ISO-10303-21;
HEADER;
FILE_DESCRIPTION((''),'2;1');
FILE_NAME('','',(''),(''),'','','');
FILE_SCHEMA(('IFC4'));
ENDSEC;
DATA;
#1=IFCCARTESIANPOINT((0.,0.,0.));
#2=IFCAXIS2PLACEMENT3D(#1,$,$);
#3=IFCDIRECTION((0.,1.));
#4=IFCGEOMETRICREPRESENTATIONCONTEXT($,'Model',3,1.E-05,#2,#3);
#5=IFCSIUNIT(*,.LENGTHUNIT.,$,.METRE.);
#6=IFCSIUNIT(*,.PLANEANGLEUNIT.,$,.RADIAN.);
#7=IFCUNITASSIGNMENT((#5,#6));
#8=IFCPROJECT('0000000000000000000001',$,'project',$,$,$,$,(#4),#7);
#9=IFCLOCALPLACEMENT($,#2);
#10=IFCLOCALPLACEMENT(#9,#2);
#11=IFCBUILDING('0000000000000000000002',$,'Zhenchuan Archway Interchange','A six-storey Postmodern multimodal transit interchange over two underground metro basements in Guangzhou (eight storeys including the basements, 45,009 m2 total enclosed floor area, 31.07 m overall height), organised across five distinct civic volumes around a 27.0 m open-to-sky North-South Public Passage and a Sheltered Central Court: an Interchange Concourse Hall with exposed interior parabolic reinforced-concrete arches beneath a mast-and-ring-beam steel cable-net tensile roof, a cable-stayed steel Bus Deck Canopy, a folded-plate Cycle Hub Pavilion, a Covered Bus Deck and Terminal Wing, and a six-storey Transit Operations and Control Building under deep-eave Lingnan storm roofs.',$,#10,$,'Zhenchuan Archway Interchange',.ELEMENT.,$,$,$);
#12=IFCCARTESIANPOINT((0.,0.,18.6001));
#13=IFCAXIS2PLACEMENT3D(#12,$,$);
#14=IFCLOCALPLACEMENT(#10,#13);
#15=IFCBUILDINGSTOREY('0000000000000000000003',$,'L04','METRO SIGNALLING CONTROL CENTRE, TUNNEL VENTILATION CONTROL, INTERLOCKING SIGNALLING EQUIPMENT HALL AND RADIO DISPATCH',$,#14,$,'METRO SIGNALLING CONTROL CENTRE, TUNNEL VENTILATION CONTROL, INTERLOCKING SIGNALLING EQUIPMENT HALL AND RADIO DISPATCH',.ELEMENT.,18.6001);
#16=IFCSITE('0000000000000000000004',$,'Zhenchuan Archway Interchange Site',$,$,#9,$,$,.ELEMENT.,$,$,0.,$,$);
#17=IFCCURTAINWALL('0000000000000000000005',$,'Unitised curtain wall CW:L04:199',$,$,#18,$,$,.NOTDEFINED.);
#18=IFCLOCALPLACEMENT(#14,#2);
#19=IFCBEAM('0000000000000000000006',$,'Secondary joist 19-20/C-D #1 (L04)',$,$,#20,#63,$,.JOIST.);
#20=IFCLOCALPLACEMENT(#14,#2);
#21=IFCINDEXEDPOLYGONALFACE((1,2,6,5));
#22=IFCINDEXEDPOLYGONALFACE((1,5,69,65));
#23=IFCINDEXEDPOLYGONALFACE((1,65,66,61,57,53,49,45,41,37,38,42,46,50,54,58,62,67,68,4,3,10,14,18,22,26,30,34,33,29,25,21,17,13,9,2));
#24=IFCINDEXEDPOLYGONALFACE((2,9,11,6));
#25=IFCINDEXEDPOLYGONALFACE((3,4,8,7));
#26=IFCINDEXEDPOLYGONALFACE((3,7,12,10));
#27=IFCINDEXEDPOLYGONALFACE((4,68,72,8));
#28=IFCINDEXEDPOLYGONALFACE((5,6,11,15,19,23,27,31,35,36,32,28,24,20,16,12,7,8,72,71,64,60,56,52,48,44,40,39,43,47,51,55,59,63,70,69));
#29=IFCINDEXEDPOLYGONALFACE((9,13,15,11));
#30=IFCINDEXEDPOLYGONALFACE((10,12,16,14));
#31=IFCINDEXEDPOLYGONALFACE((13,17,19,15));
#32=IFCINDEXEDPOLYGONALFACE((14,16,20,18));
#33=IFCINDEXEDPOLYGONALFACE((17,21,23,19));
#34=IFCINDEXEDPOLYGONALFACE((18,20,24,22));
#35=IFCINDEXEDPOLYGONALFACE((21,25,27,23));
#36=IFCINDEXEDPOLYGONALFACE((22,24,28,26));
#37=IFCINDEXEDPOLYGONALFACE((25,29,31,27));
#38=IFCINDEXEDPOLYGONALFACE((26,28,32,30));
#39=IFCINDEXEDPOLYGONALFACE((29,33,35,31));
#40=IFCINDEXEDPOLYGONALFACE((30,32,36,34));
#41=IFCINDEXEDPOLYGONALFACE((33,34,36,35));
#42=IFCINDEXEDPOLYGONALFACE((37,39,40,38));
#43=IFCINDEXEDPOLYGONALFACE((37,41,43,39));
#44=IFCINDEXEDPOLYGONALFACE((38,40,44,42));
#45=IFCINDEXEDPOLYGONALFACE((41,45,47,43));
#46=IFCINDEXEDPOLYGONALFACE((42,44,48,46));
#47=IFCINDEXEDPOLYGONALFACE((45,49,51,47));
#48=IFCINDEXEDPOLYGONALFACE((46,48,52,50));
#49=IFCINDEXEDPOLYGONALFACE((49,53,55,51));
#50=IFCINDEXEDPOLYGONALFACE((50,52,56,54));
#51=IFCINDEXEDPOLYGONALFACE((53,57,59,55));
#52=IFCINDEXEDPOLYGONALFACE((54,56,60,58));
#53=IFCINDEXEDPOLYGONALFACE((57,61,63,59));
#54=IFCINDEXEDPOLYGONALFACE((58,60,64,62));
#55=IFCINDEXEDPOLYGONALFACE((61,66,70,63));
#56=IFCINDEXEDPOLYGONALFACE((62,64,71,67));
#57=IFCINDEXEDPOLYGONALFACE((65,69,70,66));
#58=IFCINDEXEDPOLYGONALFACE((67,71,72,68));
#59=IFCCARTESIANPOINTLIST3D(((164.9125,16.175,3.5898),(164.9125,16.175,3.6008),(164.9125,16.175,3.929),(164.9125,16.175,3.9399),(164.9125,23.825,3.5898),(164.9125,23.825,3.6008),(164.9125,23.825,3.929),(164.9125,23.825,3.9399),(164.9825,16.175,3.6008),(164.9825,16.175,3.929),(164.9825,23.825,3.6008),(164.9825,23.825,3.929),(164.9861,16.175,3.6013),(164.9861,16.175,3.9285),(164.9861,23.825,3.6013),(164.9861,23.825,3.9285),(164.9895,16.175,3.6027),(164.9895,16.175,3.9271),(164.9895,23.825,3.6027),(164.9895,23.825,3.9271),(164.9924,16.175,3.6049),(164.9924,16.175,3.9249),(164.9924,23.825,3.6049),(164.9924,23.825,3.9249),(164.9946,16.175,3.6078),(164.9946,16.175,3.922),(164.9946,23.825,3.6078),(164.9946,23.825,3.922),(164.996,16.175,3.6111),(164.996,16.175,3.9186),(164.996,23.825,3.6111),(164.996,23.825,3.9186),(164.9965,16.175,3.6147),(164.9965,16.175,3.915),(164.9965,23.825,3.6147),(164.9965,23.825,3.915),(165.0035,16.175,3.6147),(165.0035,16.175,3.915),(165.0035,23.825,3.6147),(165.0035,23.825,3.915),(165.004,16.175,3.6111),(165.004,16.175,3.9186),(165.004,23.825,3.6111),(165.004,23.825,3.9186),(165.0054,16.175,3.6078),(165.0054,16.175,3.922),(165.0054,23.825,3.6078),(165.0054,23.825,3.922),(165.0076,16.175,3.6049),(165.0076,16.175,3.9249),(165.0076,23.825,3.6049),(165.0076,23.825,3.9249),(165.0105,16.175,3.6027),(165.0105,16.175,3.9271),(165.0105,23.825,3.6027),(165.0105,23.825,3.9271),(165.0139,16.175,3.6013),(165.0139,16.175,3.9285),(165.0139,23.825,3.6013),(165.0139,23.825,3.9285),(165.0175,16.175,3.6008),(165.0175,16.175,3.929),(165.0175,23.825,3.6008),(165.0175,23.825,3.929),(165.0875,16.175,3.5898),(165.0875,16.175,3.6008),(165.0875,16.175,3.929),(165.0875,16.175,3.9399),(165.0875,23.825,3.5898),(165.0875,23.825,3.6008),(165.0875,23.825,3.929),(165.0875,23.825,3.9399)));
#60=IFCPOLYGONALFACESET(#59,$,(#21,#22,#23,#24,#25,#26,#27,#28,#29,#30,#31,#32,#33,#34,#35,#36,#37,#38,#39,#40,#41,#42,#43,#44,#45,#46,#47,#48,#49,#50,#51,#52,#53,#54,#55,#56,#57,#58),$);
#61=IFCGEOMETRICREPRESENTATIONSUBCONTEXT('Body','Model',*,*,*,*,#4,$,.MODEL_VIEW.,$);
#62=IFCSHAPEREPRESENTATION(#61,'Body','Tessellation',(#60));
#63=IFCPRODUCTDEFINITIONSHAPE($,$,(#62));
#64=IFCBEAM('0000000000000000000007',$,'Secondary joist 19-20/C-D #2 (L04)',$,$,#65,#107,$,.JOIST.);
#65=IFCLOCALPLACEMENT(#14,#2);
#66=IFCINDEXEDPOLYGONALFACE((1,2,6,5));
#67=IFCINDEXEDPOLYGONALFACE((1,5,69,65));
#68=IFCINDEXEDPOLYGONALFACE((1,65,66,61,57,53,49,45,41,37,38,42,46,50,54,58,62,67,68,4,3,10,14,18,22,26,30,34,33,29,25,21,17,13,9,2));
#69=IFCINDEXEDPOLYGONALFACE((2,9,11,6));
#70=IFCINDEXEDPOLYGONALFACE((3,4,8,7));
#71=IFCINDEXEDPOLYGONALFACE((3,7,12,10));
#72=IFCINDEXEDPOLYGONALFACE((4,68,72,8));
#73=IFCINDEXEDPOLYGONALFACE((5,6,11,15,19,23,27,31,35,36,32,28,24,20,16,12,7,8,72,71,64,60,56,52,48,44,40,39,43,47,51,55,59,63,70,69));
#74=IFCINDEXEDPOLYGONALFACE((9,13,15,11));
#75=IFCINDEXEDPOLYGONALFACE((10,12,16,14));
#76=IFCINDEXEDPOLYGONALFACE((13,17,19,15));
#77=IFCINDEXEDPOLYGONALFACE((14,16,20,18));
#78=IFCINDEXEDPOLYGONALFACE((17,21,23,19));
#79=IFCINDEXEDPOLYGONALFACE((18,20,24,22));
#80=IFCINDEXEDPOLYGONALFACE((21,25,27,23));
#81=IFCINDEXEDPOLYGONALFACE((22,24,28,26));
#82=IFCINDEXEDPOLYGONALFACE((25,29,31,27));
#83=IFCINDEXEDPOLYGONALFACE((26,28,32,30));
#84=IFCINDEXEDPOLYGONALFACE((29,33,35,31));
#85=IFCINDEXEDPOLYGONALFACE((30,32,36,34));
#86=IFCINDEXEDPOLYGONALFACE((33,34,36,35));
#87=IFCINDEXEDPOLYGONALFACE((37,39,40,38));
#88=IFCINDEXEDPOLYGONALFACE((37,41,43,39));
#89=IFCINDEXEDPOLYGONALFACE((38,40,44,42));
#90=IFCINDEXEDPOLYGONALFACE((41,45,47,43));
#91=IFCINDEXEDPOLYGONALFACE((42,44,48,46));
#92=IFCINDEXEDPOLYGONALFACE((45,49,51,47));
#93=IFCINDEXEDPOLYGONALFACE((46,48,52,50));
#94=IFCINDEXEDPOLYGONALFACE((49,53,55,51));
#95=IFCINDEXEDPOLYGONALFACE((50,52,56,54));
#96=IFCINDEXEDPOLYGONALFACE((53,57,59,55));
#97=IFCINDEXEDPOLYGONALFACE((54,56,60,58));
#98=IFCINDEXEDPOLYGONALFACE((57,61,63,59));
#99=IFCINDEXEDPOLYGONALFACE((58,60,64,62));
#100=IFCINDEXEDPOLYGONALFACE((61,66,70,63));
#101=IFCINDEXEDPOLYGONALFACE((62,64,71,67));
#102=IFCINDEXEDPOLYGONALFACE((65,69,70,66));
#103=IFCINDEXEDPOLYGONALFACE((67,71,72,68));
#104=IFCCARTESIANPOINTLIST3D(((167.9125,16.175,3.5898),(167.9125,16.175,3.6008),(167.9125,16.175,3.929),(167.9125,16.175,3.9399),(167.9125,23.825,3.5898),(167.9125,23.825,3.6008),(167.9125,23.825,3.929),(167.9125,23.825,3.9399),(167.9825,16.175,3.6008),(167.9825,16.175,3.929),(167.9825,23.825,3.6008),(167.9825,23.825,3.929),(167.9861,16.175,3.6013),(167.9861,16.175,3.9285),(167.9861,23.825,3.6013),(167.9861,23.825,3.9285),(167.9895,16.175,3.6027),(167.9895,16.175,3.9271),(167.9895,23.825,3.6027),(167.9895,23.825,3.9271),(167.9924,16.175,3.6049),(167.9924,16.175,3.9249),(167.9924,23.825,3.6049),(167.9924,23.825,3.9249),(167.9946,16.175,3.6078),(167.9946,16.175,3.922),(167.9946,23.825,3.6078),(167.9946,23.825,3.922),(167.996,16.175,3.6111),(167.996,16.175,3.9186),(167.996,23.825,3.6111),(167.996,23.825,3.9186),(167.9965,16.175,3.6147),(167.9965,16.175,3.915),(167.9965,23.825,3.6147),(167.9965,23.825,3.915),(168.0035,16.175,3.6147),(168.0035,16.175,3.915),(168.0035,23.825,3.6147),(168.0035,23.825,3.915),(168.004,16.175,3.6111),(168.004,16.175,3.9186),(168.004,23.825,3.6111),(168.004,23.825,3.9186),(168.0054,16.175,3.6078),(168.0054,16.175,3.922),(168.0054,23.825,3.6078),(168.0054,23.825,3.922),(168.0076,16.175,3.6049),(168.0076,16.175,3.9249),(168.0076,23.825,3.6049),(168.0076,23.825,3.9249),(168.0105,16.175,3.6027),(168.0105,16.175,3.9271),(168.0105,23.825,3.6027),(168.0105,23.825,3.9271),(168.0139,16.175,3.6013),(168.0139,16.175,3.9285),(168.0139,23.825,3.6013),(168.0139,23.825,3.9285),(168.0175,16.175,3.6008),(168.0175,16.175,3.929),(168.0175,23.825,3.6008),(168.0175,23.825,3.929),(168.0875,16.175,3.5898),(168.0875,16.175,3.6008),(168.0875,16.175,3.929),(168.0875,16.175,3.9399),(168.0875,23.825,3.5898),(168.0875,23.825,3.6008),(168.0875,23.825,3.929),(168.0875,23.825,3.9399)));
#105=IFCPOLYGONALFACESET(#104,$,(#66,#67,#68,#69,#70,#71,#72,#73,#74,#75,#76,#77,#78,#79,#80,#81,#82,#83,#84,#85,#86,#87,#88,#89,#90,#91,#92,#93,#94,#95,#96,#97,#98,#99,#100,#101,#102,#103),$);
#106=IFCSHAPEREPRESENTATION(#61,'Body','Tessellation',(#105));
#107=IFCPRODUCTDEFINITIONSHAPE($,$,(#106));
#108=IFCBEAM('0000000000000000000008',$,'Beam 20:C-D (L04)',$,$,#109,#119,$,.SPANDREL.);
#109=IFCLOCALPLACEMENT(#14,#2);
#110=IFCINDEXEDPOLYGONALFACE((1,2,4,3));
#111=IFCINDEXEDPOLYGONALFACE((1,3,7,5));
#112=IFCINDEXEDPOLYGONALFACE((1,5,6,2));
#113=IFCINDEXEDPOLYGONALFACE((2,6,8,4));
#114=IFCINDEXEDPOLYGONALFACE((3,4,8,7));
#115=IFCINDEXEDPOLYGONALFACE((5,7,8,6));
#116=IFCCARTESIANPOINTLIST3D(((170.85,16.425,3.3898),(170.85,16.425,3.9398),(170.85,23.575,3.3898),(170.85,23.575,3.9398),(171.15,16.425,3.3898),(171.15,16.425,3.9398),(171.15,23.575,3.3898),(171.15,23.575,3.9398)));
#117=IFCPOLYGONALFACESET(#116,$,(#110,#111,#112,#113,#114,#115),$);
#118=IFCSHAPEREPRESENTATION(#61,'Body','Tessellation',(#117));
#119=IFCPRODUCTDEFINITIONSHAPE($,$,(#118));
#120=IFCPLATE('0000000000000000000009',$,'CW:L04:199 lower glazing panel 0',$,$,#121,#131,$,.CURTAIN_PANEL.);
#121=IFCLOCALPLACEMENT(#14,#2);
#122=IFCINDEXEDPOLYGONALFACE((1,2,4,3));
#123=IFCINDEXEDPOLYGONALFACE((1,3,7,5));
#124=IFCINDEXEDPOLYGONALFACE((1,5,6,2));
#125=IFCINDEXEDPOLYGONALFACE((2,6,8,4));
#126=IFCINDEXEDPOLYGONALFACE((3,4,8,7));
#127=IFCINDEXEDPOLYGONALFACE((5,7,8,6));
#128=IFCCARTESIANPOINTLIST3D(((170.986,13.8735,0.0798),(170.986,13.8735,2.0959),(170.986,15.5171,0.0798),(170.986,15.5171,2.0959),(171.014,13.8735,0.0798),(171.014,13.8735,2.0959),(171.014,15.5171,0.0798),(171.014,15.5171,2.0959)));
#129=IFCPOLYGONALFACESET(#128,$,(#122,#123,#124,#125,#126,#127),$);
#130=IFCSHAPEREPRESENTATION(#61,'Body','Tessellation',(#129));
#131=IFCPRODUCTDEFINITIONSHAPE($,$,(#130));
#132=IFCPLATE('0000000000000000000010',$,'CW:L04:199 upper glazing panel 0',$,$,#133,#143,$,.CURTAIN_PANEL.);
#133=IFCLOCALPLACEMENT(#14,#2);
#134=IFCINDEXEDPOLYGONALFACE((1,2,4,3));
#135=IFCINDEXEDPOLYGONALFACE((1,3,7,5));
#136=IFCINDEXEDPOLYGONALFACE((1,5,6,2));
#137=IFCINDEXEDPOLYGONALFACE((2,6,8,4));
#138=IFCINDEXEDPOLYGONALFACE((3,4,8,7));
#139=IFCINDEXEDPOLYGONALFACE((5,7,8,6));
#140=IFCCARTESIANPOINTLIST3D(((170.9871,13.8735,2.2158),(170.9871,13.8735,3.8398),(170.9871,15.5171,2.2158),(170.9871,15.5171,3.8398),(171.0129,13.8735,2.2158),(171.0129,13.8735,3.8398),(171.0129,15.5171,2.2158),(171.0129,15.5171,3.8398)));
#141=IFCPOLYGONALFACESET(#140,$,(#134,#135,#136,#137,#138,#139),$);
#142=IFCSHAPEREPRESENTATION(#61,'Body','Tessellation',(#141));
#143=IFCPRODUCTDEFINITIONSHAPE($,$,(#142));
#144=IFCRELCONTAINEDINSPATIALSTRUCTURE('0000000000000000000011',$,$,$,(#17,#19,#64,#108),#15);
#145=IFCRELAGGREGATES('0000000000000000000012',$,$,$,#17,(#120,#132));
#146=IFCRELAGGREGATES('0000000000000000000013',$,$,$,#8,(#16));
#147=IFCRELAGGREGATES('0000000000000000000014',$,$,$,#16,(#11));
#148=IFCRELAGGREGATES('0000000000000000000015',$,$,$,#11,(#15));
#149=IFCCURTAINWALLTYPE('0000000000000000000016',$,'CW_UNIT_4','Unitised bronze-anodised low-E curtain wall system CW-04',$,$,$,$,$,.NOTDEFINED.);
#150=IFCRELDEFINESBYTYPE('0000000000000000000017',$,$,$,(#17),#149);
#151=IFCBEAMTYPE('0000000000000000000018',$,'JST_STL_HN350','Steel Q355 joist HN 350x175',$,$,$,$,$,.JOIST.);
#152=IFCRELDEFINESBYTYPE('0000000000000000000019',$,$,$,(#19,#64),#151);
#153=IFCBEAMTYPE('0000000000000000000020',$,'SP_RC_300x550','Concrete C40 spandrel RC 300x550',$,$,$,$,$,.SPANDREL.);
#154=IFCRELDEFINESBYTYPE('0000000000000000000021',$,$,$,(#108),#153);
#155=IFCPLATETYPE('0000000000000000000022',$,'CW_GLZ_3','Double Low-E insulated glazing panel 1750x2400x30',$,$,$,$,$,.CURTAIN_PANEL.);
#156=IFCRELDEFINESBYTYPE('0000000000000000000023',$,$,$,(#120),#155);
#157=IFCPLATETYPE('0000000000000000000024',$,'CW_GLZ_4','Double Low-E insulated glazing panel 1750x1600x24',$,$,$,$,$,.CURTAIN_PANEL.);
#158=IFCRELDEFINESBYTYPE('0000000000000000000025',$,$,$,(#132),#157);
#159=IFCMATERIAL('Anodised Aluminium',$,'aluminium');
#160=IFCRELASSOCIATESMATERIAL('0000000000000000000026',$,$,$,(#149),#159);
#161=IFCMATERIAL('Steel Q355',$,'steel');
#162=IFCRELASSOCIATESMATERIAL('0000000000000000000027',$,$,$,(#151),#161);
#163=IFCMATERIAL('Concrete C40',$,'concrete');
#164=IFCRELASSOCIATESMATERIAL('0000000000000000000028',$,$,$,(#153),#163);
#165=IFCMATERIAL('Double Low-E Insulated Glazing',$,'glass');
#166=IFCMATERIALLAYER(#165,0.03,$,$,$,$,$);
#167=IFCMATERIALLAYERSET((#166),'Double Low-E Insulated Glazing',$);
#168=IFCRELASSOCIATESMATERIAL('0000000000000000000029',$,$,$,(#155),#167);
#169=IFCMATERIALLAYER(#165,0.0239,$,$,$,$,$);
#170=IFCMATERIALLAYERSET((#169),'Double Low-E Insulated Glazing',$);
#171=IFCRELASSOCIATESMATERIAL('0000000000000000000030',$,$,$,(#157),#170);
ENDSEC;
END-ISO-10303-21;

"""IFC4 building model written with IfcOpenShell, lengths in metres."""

from ifc_helpers import new_model, si_unit, direction, frame, origin, origin_2d, place, context, subcontext, project, spatial, rectangle, i_section, extrude, material, layer, layer_set, material_profile, profile_set, type_object, element, aggregate, save


model = new_model("IFC4")

# Units and contexts
model_context = context("Model", 3, precision=1e-05, world=origin(), true_north=direction((0.0, 1.0)))
body_context = subcontext(model_context, "Body", "Model", "MODEL_VIEW")
ifc_project = project(units=[si_unit("LENGTHUNIT", "METRE"), si_unit("PLANEANGLEUNIT", "RADIAN")], contexts=[model_context])

# Site, building, storey
site_placement = place(None, origin())
site = spatial("IfcSite", under=ifc_project, at=site_placement, Name="Zhenchuan Archway Interchange Site", CompositionType="ELEMENT", RefElevation=0.0)
building_placement = place(site_placement, origin())
building = spatial("IfcBuilding", under=site, at=building_placement, Name="Zhenchuan Archway Interchange", Description="A six-storey Postmodern multimodal transit interchange over two underground metro basements in Guangzhou (eight storeys including the basements, 45,009 m2 total enclosed floor area, 31.07 m overall height), organised across five distinct civic volumes around a 27.0 m open-to-sky North-South Public Passage and a Sheltered Central Court: an Interchange Concourse Hall with exposed interior parabolic reinforced-concrete arches beneath a mast-and-ring-beam steel cable-net tensile roof, a cable-stayed steel Bus Deck Canopy, a folded-plate Cycle Hub Pavilion, a Covered Bus Deck and Terminal Wing, and a six-storey Transit Operations and Control Building under deep-eave Lingnan storm roofs.", LongName="Zhenchuan Archway Interchange", CompositionType="ELEMENT")
storey_placement = place(building_placement, frame((0.0, 0.0, 18.6001)))
storey = spatial("IfcBuildingStorey", under=building, at=storey_placement, Name="L04", Description="METRO SIGNALLING CONTROL CENTRE, TUNNEL VENTILATION CONTROL, INTERLOCKING SIGNALLING EQUIPMENT HALL AND RADIO DISPATCH", LongName="METRO SIGNALLING CONTROL CENTRE, TUNNEL VENTILATION CONTROL, INTERLOCKING SIGNALLING EQUIPMENT HALL AND RADIO DISPATCH", CompositionType="ELEMENT", Elevation=18.6001)

# Shared definitions
ifc_material_1 = material(Name="Concrete C40", Category="concrete")

# Curtain wall
ifc_material_2 = material(Name="Anodised Aluminium", Category="aluminium")
curtain_wall_type = type_object("IfcCurtainWallType", Name="CW_UNIT_4", Description="Unitised bronze-anodised low-E curtain wall system CW-04", PredefinedType="NOTDEFINED", material=ifc_material_2)
curtain_wall_placement = place(storey_placement, origin())
curtain_wall = element("IfcCurtainWall", 1, at=curtain_wall_placement, inside=storey, type_object=curtain_wall_type, Name="Unitised curtain wall CW:L04:199", PredefinedType="NOTDEFINED")

# Beams
ifc_material_3 = material(Name="Steel Q355", Category="steel")
ifc_material_profile_1 = material_profile(ifc_material_3, i_section(OverallWidth=0.175, OverallDepth=0.3501, WebThickness=0.0071, FlangeThickness=0.011, FilletRadius=0.0139, at=origin_2d()), Name="HN 350x175")
ifc_profile_set_1 = profile_set([ifc_material_profile_1], Name="Steel Q355")
beam_type_1 = type_object("IfcBeamType", Name="JST_STL_HN350", Description="Steel Q355 joist HN 350x175", PredefinedType="JOIST", material=ifc_profile_set_1)
for number, where, z_axis, x_axis, name in (
    (2, (165.0, 16.175, 3.7649), (0.0, 1.0, 0.0), (-1.0, 0.0, 0.0), "Secondary joist 19-20/C-D #1 (L04)"),
    (3, (168.0, 16.175, 3.7649), (0.0, 1.0, 0.0), (-1.0, 0.0, 0.0), "Secondary joist 19-20/C-D #2 (L04)"),
):
    element("IfcBeam", number, at=place(storey_placement, frame(where, z_axis=z_axis, x_axis=x_axis)), inside=storey, type_object=beam_type_1, Name=name, PredefinedType="JOIST", context=body_context, shape_type="SweptSolid", body=[
        extrude(i_section(OverallWidth=0.175, OverallDepth=0.3501, WebThickness=0.0071, FlangeThickness=0.011, FilletRadius=0.0139, at=origin_2d()), origin(), (0.0, 0.0, 1.0), 7.6499),
    ])
ifc_material_profile_2 = material_profile(ifc_material_1, rectangle(XDim=0.3, YDim=0.55, at=origin_2d()), Name="RC 300x550")
ifc_profile_set_2 = profile_set([ifc_material_profile_2], Name="Concrete C40")
beam_type_2 = type_object("IfcBeamType", Name="SP_RC_300x550", Description="Concrete C40 spandrel RC 300x550", PredefinedType="SPANDREL", material=ifc_profile_set_2)
beam_placement = place(storey_placement, frame((171.0, 16.425, 3.6648), z_axis=(0.0, 1.0, 0.0), x_axis=(-1.0, 0.0, 0.0)))
element("IfcBeam", 4, at=beam_placement, inside=storey, type_object=beam_type_2, Name="Beam 20:C-D (L04)", PredefinedType="SPANDREL", context=body_context, shape_type="SweptSolid", body=[
    extrude(rectangle(XDim=0.3, YDim=0.55, at=origin_2d()), origin(), (0.0, 0.0, 1.0), 7.1499),
])

# Plates
ifc_material_4 = material(Name="Double Low-E Insulated Glazing", Category="glass")
ifc_layer_1 = layer(ifc_material_4, 0.03)
ifc_layer_set_1 = layer_set([ifc_layer_1], Name="Double Low-E Insulated Glazing")
plate_type_1 = type_object("IfcPlateType", Name="CW_GLZ_3", Description="Double Low-E insulated glazing panel 1750x2400x30", PredefinedType="CURTAIN_PANEL", material=ifc_layer_set_1)
plate_1_placement = place(storey_placement, frame((171.0, 14.6953, 0.0798), z_axis=(0.0, 0.0, 1.0), x_axis=(0.0, -1.0, 0.0)))
plate_1 = element("IfcPlate", 5, at=plate_1_placement, type_object=plate_type_1, Name="CW:L04:199 lower glazing panel 0", PredefinedType="CURTAIN_PANEL", context=body_context, shape_type="SweptSolid", body=[
    extrude(rectangle(XDim=1.6436, YDim=0.0281, at=origin_2d()), origin(), (0.0, 0.0, 1.0), 2.0161),
])
ifc_layer_2 = layer(ifc_material_4, 0.0239)
ifc_layer_set_2 = layer_set([ifc_layer_2], Name="Double Low-E Insulated Glazing")
plate_type_2 = type_object("IfcPlateType", Name="CW_GLZ_4", Description="Double Low-E insulated glazing panel 1750x1600x24", PredefinedType="CURTAIN_PANEL", material=ifc_layer_set_2)
plate_2_placement = place(storey_placement, frame((171.0, 14.6953, 2.2158), z_axis=(0.0, 0.0, 1.0), x_axis=(0.0, -1.0, 0.0)))
plate_2 = element("IfcPlate", 6, at=plate_2_placement, type_object=plate_type_2, Name="CW:L04:199 upper glazing panel 0", PredefinedType="CURTAIN_PANEL", context=body_context, shape_type="SweptSolid", body=[
    extrude(rectangle(XDim=1.6436, YDim=0.0259, at=origin_2d()), origin(), (0.0, 0.0, 1.0), 1.624),
])
aggregate(curtain_wall, [plate_1, plate_2])

save(model, "model.ifc")
